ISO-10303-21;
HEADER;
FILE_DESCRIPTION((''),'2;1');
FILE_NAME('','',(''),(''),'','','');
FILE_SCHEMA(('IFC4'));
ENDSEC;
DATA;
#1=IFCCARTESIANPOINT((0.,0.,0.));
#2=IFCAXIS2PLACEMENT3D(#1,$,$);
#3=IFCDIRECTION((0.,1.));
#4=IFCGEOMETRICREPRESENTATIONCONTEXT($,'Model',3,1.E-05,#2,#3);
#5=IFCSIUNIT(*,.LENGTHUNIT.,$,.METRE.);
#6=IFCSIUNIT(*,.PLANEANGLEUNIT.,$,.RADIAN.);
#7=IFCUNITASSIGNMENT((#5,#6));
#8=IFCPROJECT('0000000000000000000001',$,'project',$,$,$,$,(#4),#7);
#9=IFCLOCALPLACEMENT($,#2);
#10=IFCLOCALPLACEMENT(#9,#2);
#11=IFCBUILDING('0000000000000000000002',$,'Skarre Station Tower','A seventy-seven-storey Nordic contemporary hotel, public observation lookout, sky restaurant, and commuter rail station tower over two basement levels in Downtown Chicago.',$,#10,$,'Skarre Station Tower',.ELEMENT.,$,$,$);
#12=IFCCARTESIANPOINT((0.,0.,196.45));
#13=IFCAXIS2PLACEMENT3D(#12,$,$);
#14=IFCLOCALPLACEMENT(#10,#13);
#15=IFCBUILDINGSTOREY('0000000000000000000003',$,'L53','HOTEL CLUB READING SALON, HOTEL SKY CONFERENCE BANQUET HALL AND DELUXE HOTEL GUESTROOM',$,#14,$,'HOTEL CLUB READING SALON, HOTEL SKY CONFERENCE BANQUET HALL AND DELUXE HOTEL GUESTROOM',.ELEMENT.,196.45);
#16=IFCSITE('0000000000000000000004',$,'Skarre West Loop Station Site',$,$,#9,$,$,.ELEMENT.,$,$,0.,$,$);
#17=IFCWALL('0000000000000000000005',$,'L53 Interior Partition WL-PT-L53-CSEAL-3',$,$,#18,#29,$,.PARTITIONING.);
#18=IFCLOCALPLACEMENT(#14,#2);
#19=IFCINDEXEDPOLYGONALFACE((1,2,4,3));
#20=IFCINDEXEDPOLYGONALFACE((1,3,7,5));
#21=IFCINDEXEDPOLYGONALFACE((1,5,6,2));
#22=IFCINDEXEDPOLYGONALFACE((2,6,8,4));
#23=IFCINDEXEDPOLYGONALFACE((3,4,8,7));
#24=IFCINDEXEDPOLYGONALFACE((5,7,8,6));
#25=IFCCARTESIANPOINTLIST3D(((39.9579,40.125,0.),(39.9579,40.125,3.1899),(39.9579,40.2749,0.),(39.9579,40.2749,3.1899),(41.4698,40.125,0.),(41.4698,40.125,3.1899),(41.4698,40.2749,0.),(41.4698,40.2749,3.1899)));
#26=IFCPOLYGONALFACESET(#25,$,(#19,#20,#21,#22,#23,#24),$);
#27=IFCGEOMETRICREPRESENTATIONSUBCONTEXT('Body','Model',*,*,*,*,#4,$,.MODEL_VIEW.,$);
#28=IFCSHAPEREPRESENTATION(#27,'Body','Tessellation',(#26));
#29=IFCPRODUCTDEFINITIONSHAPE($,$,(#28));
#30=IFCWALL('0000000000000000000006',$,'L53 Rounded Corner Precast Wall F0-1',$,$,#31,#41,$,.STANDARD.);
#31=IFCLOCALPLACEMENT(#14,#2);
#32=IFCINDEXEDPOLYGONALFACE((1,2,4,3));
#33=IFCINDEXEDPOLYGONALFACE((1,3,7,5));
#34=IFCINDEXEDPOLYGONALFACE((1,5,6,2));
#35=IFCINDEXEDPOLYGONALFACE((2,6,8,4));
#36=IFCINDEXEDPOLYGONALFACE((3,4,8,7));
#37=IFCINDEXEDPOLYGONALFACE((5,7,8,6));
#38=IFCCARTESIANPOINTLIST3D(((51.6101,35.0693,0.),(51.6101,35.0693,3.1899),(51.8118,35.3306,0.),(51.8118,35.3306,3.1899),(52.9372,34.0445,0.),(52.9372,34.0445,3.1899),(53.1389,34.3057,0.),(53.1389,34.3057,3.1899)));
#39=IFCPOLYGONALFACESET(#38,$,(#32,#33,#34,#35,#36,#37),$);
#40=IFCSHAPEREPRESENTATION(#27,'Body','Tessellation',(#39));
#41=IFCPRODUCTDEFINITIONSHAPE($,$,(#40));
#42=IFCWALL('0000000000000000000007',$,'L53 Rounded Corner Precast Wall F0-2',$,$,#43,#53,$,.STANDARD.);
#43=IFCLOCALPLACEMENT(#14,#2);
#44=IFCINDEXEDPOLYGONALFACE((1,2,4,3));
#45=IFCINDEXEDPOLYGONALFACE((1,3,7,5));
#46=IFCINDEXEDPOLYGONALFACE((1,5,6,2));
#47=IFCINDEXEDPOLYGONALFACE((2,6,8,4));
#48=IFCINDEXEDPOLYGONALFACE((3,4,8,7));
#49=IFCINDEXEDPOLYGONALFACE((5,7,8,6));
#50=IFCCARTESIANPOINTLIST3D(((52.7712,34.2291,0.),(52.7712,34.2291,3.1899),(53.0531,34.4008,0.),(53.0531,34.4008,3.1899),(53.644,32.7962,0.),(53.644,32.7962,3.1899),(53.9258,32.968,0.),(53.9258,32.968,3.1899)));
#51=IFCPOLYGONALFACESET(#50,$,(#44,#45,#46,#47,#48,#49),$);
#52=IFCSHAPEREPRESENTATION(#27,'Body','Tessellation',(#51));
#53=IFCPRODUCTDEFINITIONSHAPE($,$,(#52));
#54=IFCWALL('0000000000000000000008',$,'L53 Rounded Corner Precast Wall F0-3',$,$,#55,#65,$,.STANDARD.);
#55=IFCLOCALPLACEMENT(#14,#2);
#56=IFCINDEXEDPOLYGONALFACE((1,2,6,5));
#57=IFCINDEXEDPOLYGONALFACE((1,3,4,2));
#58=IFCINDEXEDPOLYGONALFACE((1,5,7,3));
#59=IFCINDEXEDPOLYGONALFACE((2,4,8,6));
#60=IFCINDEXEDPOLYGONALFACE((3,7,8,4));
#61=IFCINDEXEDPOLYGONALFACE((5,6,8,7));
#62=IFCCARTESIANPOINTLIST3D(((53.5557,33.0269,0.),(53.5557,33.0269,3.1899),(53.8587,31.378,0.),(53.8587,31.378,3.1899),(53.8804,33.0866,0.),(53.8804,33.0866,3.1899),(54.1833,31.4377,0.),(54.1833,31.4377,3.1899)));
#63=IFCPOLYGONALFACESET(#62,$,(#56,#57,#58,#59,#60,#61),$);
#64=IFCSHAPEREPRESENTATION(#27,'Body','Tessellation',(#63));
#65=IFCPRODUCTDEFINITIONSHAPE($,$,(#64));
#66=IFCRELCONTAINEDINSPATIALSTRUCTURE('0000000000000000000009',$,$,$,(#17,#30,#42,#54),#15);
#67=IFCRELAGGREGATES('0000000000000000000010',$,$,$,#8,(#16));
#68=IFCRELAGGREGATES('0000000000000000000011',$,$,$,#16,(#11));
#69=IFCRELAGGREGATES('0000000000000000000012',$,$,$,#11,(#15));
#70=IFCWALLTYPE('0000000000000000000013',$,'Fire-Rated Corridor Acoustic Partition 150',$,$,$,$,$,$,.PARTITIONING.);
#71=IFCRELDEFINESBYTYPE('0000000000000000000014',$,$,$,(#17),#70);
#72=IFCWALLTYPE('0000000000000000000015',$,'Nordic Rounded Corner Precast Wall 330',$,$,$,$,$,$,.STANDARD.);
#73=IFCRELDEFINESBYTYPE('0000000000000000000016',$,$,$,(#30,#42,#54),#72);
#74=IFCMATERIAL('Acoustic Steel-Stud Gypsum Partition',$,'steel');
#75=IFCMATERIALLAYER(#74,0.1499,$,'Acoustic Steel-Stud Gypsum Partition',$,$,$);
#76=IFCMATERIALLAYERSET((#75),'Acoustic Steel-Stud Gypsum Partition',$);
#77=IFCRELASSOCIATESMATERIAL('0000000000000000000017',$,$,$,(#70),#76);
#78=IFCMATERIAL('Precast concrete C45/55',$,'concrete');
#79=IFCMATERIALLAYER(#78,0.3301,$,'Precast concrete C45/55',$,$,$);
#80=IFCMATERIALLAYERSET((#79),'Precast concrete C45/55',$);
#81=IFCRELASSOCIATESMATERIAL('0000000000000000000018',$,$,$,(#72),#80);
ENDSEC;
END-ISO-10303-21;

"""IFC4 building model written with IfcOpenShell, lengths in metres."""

from ifc_helpers import new_model, si_unit, direction, frame, frame_2d, origin, place, context, subcontext, project, spatial, rectangle, extrude, material, layer, layer_set, type_object, element, save


model = new_model("IFC4")

# Units and contexts
model_context = context("Model", 3, precision=1e-05, world=origin(), true_north=direction((0.0, 1.0)))
body_context = subcontext(model_context, "Body", "Model", "MODEL_VIEW")
ifc_project = project(units=[si_unit("LENGTHUNIT", "METRE"), si_unit("PLANEANGLEUNIT", "RADIAN")], contexts=[model_context])

# Site, building, storey
site_placement = place(None, origin())
site = spatial("IfcSite", under=ifc_project, at=site_placement, Name="Skarre West Loop Station Site", CompositionType="ELEMENT", RefElevation=0.0)
building_placement = place(site_placement, origin())
building = spatial("IfcBuilding", under=site, at=building_placement, Name="Skarre Station Tower", Description="A seventy-seven-storey Nordic contemporary hotel, public observation lookout, sky restaurant, and commuter rail station tower over two basement levels in Downtown Chicago.", LongName="Skarre Station Tower", CompositionType="ELEMENT")
storey_placement = place(building_placement, frame((0.0, 0.0, 196.45)))
storey = spatial("IfcBuildingStorey", under=building, at=storey_placement, Name="L53", Description="HOTEL CLUB READING SALON, HOTEL SKY CONFERENCE BANQUET HALL AND DELUXE HOTEL GUESTROOM", LongName="HOTEL CLUB READING SALON, HOTEL SKY CONFERENCE BANQUET HALL AND DELUXE HOTEL GUESTROOM", CompositionType="ELEMENT", Elevation=196.45)

# Shared definitions
ifc_material_1 = material(Name="Acoustic Steel-Stud Gypsum Partition", Category="steel")
ifc_layer_1 = layer(ifc_material_1, 0.1499, Name="Acoustic Steel-Stud Gypsum Partition")
ifc_layer_set_1 = layer_set([ifc_layer_1], Name="Acoustic Steel-Stud Gypsum Partition")
wall_type_1 = type_object("IfcWallType", Name="Fire-Rated Corridor Acoustic Partition 150", PredefinedType="PARTITIONING", material=ifc_layer_set_1)

# Walls
wall_1_placement = place(storey_placement, frame((39.958, 40.2, 0.0), z_axis=(0.0, 0.0, 1.0), x_axis=(1.0, 0.0, 0.0)))
element("IfcWall", 1, at=wall_1_placement, inside=storey, type_object=wall_type_1, Name="L53 Interior Partition WL-PT-L53-CSEAL-3", PredefinedType="PARTITIONING", context=body_context, shape_type="SweptSolid", body=[
    extrude(rectangle(XDim=1.512, YDim=0.1499, at=frame_2d((0.7559, 0.0))), origin(), (0.0, 0.0, 1.0), 3.1899),
])
ifc_material_2 = material(Name="Precast concrete C45/55", Category="concrete")
ifc_layer_2 = layer(ifc_material_2, 0.3301, Name="Precast concrete C45/55")
ifc_layer_set_2 = layer_set([ifc_layer_2], Name="Precast concrete C45/55")
wall_type_2 = type_object("IfcWallType", Name="Nordic Rounded Corner Precast Wall 330", PredefinedType="STANDARD", material=ifc_layer_set_2)
wall_2_placement = place(storey_placement, frame((51.7109, 35.2, 0.0), z_axis=(0.0, 0.0, 1.0), x_axis=(0.791464, -0.611215, 0.0)))
element("IfcWall", 2, at=wall_2_placement, inside=storey, type_object=wall_type_2, Name="L53 Rounded Corner Precast Wall F0-1", PredefinedType="STANDARD", context=body_context, shape_type="SweptSolid", body=[
    extrude(rectangle(XDim=1.6768, YDim=0.3301, at=frame_2d((0.8384, 0.0))), origin(), (0.0, 0.0, 1.0), 3.1899),
])
wall_3_placement = place(storey_placement, frame((52.9121, 34.3149, 0.0), z_axis=(0.0, 0.0, 1.0), x_axis=(0.520219, -0.854033, 0.0)))
element("IfcWall", 3, at=wall_3_placement, inside=storey, type_object=wall_type_2, Name="L53 Rounded Corner Precast Wall F0-2", PredefinedType="STANDARD", context=body_context, shape_type="SweptSolid", body=[
    extrude(rectangle(XDim=1.6777, YDim=0.3301, at=frame_2d((0.8389, 0.0))), origin(), (0.0, 0.0, 1.0), 3.1899),
])
wall_4_placement = place(storey_placement, frame((53.718, 33.0569, 0.0), z_axis=(0.0, 0.0, 1.0), x_axis=(0.180718, -0.983535, 0.0)))
element("IfcWall", 4, at=wall_4_placement, inside=storey, type_object=wall_type_2, Name="L53 Rounded Corner Precast Wall F0-3", PredefinedType="STANDARD", context=body_context, shape_type="SweptSolid", body=[
    extrude(rectangle(XDim=1.6765, YDim=0.3301, at=frame_2d((0.8384, 0.0))), origin(), (0.0, 0.0, 1.0), 3.1899),
])

save(model, "model.ifc")
